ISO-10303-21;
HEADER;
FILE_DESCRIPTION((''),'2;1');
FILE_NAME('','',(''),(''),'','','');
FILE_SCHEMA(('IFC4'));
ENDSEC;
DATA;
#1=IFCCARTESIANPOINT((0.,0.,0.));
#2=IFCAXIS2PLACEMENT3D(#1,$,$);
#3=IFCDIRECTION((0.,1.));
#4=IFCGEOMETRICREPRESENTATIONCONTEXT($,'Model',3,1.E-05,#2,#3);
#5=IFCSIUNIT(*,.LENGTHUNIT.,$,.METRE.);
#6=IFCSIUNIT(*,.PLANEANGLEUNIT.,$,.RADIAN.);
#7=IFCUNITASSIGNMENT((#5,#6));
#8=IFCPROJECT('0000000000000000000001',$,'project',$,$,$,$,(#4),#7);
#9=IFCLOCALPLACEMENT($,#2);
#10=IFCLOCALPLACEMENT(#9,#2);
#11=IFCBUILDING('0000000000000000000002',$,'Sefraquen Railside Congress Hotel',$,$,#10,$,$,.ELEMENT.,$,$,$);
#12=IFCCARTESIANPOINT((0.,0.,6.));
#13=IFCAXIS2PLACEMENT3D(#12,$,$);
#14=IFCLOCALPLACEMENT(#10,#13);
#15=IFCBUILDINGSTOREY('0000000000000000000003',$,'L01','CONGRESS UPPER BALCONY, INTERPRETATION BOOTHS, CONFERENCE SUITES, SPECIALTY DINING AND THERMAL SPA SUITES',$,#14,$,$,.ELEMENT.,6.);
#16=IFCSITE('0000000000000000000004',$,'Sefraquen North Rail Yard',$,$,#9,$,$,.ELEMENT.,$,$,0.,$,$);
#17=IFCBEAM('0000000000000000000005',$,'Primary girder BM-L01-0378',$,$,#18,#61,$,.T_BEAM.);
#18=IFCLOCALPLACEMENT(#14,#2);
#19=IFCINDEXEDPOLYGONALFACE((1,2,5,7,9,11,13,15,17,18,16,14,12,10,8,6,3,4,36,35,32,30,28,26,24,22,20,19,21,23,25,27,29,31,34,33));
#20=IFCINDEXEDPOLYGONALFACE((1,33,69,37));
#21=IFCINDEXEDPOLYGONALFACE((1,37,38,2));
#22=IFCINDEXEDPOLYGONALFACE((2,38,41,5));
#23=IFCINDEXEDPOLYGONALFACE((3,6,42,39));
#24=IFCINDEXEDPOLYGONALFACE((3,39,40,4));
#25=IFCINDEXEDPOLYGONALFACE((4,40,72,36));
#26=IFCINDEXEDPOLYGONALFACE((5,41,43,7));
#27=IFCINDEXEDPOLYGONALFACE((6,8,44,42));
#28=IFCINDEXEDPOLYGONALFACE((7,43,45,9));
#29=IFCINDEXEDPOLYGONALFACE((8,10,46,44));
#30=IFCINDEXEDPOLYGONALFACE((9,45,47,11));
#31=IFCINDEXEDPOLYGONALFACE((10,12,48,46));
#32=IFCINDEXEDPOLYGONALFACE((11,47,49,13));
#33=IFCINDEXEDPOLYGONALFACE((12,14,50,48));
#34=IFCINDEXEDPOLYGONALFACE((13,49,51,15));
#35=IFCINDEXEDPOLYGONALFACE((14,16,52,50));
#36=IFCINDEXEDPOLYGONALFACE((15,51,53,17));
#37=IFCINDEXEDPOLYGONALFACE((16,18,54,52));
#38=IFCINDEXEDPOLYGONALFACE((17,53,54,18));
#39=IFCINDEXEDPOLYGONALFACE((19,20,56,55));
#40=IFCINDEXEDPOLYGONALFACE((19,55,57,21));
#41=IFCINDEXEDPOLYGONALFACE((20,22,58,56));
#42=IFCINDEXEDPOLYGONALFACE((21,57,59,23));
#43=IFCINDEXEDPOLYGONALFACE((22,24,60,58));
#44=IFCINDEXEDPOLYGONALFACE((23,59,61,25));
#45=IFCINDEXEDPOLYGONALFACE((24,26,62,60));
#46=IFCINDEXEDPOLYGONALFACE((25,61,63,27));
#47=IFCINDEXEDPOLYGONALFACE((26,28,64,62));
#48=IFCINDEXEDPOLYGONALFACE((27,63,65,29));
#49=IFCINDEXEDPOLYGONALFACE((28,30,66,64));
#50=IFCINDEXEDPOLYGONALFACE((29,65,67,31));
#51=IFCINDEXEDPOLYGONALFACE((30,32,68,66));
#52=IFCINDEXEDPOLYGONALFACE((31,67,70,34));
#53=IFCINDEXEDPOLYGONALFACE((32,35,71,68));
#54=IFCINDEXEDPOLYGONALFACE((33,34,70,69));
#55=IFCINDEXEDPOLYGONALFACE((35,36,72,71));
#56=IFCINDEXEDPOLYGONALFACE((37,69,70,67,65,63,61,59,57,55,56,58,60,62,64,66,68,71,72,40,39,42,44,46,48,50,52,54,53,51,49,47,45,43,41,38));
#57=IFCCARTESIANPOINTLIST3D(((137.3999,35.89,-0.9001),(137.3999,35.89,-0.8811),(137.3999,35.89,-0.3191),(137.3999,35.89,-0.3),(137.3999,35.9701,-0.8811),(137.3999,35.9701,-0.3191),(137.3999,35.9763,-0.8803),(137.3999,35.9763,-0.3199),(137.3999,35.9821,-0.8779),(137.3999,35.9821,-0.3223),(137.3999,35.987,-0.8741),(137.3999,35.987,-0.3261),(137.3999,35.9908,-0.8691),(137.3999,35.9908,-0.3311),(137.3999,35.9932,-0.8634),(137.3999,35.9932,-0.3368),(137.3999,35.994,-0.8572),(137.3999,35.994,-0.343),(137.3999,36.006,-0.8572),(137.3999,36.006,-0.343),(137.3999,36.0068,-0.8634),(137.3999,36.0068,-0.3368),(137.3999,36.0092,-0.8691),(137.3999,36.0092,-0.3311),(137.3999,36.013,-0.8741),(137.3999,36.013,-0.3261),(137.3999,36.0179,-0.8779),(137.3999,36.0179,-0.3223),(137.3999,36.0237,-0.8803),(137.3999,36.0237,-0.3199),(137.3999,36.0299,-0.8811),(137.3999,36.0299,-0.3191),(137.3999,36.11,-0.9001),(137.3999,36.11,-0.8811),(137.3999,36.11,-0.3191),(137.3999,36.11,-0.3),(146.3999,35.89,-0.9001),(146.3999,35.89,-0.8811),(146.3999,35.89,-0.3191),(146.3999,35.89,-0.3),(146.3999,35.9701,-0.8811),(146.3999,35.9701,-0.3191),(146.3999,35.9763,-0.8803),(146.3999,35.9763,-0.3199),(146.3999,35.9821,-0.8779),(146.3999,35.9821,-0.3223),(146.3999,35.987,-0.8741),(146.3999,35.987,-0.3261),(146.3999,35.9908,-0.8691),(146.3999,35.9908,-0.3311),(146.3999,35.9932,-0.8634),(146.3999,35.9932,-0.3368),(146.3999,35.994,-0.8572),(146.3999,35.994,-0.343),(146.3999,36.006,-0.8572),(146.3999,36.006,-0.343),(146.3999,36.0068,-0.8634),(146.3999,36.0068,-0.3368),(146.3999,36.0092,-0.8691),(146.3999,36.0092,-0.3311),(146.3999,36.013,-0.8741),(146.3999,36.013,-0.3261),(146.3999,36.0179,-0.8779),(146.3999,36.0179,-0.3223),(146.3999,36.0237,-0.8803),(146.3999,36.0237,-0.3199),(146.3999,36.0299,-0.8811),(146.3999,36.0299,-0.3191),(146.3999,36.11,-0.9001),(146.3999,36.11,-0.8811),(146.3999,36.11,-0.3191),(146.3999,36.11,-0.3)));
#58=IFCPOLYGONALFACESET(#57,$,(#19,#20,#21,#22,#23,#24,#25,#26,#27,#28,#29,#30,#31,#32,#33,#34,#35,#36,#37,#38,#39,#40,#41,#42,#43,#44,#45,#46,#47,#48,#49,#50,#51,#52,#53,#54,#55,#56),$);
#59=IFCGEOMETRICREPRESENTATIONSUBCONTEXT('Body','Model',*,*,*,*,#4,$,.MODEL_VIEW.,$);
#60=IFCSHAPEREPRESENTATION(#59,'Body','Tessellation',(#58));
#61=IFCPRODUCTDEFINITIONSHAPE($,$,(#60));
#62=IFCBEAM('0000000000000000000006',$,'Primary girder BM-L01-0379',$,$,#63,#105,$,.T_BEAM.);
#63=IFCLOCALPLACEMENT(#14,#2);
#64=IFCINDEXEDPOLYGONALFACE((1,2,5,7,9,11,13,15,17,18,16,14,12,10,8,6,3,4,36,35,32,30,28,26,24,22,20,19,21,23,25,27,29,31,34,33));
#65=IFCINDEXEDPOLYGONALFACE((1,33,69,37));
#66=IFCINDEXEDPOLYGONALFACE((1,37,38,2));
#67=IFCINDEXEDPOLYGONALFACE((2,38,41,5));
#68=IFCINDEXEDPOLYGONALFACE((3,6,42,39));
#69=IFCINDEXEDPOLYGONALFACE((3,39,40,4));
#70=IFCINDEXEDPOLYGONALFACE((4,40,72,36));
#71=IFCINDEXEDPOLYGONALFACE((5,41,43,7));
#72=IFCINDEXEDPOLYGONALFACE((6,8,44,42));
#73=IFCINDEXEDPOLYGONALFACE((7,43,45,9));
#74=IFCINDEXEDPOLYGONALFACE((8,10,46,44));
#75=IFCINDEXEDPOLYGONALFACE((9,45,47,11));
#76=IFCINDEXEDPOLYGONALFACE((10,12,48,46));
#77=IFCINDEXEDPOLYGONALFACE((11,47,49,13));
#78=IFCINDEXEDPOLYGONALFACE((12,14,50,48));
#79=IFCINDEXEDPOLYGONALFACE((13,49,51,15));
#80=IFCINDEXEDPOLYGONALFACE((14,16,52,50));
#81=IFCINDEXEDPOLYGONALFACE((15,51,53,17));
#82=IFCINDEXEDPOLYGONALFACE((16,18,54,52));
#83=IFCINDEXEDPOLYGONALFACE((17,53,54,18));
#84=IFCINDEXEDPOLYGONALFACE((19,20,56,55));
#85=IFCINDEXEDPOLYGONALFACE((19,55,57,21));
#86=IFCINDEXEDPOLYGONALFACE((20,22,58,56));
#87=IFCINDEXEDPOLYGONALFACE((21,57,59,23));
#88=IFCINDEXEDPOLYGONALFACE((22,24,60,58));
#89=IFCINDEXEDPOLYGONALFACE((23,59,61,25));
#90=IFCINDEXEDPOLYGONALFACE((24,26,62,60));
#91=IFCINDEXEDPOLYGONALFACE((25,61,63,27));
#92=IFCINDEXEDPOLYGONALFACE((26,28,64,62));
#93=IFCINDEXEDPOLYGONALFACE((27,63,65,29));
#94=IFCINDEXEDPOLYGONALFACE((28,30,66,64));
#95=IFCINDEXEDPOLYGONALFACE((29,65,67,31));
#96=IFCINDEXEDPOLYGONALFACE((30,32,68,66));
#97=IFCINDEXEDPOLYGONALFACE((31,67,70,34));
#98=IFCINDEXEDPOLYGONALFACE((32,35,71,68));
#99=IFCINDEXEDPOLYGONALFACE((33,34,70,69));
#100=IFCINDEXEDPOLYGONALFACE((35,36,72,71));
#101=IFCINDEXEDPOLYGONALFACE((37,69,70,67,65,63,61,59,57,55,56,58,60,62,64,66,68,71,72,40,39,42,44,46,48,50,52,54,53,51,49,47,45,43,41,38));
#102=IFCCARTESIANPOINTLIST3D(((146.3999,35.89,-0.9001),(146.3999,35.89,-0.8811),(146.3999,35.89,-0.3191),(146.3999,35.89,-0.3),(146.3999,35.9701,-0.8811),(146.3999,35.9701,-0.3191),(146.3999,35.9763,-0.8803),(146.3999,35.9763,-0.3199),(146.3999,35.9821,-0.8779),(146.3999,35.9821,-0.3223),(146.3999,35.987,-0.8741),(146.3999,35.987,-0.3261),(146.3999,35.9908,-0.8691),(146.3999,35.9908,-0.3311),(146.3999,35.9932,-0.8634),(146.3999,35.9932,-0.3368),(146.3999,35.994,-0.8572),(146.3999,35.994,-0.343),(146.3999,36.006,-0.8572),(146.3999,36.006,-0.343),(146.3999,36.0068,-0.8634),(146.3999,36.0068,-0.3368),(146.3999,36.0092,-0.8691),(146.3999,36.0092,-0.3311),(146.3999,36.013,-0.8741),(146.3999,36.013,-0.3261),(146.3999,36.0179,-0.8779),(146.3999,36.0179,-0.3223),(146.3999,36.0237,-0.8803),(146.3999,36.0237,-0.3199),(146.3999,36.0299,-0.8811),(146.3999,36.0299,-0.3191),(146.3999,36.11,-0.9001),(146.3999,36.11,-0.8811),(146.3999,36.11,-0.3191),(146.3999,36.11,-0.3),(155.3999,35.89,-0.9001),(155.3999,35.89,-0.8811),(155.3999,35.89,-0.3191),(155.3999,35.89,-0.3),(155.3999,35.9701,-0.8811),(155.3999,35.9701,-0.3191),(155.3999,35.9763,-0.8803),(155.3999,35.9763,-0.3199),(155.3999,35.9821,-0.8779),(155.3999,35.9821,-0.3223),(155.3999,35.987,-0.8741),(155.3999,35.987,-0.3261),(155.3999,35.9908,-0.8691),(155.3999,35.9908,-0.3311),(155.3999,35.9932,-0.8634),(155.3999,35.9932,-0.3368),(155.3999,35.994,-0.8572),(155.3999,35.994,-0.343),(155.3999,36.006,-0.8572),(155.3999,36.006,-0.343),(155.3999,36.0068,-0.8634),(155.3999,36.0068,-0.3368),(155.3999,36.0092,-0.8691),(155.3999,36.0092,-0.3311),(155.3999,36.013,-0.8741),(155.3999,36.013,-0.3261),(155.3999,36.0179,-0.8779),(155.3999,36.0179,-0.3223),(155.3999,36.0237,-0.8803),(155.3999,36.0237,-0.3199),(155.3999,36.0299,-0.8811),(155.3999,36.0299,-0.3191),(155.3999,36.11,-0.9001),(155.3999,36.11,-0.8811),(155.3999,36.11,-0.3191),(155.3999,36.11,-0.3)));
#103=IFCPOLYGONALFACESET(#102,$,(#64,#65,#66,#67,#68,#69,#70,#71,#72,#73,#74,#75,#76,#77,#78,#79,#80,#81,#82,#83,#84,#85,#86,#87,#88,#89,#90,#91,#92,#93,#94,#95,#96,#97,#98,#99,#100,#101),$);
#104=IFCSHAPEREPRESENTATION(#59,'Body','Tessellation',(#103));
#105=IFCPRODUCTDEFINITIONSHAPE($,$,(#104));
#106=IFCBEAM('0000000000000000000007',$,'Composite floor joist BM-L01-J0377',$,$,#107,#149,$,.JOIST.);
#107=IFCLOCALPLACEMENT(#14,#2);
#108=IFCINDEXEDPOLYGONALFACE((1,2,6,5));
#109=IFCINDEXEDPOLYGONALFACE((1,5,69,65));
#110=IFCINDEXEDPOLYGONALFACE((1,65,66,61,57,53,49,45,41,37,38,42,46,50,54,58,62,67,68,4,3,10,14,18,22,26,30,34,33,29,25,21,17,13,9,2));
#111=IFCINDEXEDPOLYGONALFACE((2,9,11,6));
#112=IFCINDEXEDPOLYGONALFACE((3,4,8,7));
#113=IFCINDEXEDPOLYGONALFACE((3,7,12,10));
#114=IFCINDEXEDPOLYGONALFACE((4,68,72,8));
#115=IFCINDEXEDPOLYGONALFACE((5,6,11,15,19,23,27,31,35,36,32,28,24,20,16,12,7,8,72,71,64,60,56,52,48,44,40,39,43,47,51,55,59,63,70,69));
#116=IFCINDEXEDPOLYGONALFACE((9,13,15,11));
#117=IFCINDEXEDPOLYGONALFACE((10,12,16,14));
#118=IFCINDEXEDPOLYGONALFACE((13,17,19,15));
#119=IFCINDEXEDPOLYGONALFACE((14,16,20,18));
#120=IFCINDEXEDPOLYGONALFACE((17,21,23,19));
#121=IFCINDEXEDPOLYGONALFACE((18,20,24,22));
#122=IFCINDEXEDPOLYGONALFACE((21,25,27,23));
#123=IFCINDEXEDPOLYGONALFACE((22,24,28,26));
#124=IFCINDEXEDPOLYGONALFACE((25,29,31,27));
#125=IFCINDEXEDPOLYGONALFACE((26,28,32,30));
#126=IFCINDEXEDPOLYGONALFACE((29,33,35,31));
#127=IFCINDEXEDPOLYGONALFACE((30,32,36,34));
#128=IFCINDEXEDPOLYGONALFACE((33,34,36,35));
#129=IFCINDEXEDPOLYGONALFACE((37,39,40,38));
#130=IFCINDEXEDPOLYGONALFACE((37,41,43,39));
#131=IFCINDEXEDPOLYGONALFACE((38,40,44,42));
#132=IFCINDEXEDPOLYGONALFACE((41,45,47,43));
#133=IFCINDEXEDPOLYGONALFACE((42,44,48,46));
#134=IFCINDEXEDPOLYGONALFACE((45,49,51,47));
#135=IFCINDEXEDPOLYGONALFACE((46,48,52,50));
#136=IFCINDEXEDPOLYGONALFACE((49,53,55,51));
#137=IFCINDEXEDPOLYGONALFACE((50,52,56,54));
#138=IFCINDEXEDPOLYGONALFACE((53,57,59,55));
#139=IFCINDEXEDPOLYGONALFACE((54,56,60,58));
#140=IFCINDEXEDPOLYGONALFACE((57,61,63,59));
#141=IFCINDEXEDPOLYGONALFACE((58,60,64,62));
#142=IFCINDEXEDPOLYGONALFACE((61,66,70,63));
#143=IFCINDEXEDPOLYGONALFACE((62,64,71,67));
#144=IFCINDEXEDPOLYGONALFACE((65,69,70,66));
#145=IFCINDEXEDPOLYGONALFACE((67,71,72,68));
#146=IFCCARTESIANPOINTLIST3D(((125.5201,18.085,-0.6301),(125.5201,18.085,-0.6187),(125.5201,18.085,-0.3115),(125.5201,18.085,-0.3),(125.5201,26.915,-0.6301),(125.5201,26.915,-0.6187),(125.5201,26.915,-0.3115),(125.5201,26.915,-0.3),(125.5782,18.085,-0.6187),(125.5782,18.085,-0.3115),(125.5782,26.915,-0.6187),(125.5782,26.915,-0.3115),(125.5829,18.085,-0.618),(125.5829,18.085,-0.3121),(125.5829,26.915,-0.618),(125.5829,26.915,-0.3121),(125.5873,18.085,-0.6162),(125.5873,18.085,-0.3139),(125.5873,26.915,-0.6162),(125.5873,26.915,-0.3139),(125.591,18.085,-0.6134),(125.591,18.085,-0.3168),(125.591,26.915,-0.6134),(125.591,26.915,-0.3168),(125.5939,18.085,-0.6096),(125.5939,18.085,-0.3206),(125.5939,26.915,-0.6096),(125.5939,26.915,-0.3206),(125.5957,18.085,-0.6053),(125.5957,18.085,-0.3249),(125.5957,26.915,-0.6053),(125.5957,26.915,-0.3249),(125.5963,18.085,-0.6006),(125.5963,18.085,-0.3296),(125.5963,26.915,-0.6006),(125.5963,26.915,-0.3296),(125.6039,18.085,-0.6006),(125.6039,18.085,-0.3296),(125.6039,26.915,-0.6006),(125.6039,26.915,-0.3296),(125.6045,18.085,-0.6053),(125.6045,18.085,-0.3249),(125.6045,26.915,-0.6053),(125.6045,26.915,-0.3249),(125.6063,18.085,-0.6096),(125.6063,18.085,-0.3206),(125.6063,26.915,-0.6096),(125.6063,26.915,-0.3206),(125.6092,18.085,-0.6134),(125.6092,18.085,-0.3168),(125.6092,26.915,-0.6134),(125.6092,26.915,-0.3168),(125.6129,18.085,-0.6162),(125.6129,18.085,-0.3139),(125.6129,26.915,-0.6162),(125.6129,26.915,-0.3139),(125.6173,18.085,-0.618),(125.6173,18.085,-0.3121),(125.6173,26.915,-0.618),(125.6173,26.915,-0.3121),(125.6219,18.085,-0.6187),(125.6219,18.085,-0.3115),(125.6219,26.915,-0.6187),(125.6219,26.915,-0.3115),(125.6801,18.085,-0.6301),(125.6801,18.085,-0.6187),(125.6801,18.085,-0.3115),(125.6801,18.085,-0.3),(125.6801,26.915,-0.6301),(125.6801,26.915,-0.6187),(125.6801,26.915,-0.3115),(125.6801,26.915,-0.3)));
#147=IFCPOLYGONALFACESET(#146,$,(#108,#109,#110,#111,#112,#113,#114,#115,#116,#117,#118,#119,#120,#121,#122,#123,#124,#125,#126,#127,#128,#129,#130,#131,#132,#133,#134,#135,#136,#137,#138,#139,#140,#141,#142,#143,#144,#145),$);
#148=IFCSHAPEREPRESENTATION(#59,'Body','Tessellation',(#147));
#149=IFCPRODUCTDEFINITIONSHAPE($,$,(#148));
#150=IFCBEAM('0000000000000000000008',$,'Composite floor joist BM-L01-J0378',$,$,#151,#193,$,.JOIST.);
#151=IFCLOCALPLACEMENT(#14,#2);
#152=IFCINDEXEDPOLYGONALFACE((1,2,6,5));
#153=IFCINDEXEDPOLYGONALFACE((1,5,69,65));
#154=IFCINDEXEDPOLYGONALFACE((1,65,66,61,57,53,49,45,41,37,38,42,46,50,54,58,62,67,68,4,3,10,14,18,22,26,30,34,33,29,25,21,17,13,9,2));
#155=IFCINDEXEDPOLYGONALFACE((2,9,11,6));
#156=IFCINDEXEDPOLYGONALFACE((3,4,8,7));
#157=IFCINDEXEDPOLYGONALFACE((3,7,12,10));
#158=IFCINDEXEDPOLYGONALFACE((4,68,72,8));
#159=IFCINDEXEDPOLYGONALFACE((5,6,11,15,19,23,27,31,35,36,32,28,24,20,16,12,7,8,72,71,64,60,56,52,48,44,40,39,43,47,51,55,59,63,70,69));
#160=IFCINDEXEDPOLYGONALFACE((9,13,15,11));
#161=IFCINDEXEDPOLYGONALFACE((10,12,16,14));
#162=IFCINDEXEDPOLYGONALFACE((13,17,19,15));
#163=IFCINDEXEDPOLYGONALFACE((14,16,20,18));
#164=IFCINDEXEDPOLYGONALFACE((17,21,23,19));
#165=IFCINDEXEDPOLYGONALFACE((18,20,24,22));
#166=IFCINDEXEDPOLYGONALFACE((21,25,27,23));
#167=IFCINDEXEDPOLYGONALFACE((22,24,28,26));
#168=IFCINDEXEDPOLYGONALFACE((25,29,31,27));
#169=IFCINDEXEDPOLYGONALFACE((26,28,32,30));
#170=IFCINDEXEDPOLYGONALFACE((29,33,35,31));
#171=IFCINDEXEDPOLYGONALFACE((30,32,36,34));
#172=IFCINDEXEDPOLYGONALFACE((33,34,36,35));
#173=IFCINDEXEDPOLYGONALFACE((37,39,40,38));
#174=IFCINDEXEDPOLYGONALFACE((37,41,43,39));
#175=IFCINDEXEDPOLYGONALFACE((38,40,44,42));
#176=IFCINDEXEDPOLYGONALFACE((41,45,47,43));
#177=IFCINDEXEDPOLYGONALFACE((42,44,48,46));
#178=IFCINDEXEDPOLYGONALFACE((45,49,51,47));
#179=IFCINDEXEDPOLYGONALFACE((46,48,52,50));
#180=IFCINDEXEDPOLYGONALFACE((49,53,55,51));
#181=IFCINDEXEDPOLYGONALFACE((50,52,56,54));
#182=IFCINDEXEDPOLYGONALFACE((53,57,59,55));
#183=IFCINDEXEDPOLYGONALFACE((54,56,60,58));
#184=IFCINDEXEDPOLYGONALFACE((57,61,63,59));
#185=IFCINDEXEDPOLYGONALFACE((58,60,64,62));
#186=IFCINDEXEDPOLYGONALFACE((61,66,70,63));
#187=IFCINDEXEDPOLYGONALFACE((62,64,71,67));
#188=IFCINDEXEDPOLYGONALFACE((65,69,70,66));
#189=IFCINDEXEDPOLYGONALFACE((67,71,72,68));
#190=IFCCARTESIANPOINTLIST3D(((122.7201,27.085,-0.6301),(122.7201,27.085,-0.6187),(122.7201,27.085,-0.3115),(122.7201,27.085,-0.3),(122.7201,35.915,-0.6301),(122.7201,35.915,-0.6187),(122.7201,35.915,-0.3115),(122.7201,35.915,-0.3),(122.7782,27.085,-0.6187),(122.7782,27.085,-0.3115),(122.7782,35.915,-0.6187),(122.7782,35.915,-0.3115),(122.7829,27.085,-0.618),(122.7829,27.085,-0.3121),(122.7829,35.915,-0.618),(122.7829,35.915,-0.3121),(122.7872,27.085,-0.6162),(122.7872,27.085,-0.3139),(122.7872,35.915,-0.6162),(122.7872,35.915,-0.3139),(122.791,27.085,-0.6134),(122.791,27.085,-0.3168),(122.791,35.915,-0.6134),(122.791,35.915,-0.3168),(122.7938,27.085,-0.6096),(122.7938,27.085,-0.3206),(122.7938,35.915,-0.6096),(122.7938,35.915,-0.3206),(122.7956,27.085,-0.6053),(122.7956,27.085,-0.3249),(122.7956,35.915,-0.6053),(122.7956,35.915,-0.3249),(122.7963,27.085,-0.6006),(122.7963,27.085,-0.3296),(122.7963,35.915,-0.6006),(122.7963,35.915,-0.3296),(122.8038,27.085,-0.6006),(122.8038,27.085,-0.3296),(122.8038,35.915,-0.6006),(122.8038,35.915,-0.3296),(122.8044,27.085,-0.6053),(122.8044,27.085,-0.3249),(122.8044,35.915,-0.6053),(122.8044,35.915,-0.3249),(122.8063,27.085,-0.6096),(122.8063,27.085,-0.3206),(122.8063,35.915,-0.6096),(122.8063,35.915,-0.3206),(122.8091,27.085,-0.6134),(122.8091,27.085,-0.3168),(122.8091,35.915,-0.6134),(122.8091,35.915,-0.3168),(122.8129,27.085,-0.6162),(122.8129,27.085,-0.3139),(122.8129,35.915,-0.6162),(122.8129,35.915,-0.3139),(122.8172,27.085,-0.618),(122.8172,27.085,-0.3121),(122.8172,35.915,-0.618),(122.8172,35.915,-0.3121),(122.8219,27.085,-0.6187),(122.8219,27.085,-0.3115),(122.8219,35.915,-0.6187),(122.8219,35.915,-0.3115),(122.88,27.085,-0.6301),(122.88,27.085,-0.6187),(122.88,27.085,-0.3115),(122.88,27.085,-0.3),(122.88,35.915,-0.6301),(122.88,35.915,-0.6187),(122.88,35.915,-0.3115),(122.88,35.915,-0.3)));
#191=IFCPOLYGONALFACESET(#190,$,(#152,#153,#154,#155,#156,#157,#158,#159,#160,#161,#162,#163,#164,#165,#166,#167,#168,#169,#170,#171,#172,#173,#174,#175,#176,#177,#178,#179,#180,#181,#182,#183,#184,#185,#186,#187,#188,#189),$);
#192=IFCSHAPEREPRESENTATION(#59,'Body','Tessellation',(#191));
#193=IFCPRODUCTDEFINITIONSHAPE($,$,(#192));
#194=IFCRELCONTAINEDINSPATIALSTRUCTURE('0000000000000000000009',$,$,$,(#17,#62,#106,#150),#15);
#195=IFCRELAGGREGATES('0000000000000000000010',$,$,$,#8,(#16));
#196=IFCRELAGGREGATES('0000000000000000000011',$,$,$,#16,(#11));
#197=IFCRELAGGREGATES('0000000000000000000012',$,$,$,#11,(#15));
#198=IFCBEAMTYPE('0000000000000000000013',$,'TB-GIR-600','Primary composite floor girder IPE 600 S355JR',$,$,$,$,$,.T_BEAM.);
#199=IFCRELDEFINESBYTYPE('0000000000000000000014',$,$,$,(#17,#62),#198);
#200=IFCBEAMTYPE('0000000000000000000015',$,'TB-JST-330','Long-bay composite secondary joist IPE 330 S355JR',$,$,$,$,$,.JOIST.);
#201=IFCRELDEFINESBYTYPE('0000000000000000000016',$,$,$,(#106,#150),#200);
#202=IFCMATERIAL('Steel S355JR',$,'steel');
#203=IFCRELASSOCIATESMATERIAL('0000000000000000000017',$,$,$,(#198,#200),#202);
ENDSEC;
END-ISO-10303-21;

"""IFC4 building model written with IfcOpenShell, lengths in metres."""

from ifc_helpers import new_model, si_unit, direction, frame, origin, origin_2d, place, context, subcontext, project, spatial, i_section, extrude, material, material_profile, profile_set, type_object, element, save


model = new_model("IFC4")

# Units and contexts
model_context = context("Model", 3, precision=1e-05, world=origin(), true_north=direction((0.0, 1.0)))
body_context = subcontext(model_context, "Body", "Model", "MODEL_VIEW")
ifc_project = project(units=[si_unit("LENGTHUNIT", "METRE"), si_unit("PLANEANGLEUNIT", "RADIAN")], contexts=[model_context])

# Site, building, storey
site_placement = place(None, origin())
site = spatial("IfcSite", under=ifc_project, at=site_placement, Name="Sefraquen North Rail Yard", CompositionType="ELEMENT", RefElevation=0.0)
building_placement = place(site_placement, origin())
building = spatial("IfcBuilding", under=site, at=building_placement, Name="Sefraquen Railside Congress Hotel", CompositionType="ELEMENT")
storey_placement = place(building_placement, frame((0.0, 0.0, 6.0)))
storey = spatial("IfcBuildingStorey", under=building, at=storey_placement, Name="L01", Description="CONGRESS UPPER BALCONY, INTERPRETATION BOOTHS, CONFERENCE SUITES, SPECIALTY DINING AND THERMAL SPA SUITES", CompositionType="ELEMENT", Elevation=6.0)

# Shared definitions
ifc_material_1 = material(Name="Steel S355JR", Category="steel")

# Beams
ifc_material_profile_1 = material_profile(ifc_material_1, i_section(OverallWidth=0.22, OverallDepth=0.6001, WebThickness=0.012, FlangeThickness=0.019, FilletRadius=0.0239, at=origin_2d()), Name="IPE 600")
ifc_profile_set_1 = profile_set([ifc_material_profile_1], Name="Steel S355JR")
beam_type_1 = type_object("IfcBeamType", Name="TB-GIR-600", Description="Primary composite floor girder IPE 600 S355JR", PredefinedType="T_BEAM", material=ifc_profile_set_1)
for number, where, z_axis, x_axis, name in (
    (1, (137.3999, 36.0, -0.6001), (1.0, 0.0, 0.0), (0.0, 1.0, 0.0), "Primary girder BM-L01-0378"),
    (2, (146.3999, 36.0, -0.6001), (1.0, 0.0, 0.0), (0.0, 1.0, 0.0), "Primary girder BM-L01-0379"),
):
    element("IfcBeam", number, at=place(storey_placement, frame(where, z_axis=z_axis, x_axis=x_axis)), inside=storey, type_object=beam_type_1, Name=name, PredefinedType="T_BEAM", context=body_context, shape_type="SweptSolid", body=[
        extrude(i_section(OverallWidth=0.22, OverallDepth=0.6001, WebThickness=0.012, FlangeThickness=0.019, FilletRadius=0.0239, at=origin_2d()), origin(), (0.0, 0.0, 1.0), 9.0),
    ])
ifc_material_profile_2 = material_profile(ifc_material_1, i_section(OverallWidth=0.1599, OverallDepth=0.3301, WebThickness=0.0076, FlangeThickness=0.0115, FilletRadius=0.0181, at=origin_2d()), Name="IPE 330")
ifc_profile_set_2 = profile_set([ifc_material_profile_2], Name="Steel S355JR")
beam_type_2 = type_object("IfcBeamType", Name="TB-JST-330", Description="Long-bay composite secondary joist IPE 330 S355JR", PredefinedType="JOIST", material=ifc_profile_set_2)
for number, where, z_axis, x_axis, name in (
    (3, (125.6001, 18.085, -0.4651), (0.0, 1.0, 0.0), (-1.0, 0.0, 0.0), "Composite floor joist BM-L01-J0377"),
    (4, (122.8, 27.085, -0.4651), (0.0, 1.0, 0.0), (-1.0, 0.0, 0.0), "Composite floor joist BM-L01-J0378"),
):
    element("IfcBeam", number, at=place(storey_placement, frame(where, z_axis=z_axis, x_axis=x_axis)), inside=storey, type_object=beam_type_2, Name=name, PredefinedType="JOIST", context=body_context, shape_type="SweptSolid", body=[
        extrude(i_section(OverallWidth=0.1599, OverallDepth=0.3301, WebThickness=0.0076, FlangeThickness=0.0115, FilletRadius=0.0181, at=origin_2d()), origin(), (0.0, 0.0, 1.0), 8.8301),
    ])

save(model, "model.ifc")
